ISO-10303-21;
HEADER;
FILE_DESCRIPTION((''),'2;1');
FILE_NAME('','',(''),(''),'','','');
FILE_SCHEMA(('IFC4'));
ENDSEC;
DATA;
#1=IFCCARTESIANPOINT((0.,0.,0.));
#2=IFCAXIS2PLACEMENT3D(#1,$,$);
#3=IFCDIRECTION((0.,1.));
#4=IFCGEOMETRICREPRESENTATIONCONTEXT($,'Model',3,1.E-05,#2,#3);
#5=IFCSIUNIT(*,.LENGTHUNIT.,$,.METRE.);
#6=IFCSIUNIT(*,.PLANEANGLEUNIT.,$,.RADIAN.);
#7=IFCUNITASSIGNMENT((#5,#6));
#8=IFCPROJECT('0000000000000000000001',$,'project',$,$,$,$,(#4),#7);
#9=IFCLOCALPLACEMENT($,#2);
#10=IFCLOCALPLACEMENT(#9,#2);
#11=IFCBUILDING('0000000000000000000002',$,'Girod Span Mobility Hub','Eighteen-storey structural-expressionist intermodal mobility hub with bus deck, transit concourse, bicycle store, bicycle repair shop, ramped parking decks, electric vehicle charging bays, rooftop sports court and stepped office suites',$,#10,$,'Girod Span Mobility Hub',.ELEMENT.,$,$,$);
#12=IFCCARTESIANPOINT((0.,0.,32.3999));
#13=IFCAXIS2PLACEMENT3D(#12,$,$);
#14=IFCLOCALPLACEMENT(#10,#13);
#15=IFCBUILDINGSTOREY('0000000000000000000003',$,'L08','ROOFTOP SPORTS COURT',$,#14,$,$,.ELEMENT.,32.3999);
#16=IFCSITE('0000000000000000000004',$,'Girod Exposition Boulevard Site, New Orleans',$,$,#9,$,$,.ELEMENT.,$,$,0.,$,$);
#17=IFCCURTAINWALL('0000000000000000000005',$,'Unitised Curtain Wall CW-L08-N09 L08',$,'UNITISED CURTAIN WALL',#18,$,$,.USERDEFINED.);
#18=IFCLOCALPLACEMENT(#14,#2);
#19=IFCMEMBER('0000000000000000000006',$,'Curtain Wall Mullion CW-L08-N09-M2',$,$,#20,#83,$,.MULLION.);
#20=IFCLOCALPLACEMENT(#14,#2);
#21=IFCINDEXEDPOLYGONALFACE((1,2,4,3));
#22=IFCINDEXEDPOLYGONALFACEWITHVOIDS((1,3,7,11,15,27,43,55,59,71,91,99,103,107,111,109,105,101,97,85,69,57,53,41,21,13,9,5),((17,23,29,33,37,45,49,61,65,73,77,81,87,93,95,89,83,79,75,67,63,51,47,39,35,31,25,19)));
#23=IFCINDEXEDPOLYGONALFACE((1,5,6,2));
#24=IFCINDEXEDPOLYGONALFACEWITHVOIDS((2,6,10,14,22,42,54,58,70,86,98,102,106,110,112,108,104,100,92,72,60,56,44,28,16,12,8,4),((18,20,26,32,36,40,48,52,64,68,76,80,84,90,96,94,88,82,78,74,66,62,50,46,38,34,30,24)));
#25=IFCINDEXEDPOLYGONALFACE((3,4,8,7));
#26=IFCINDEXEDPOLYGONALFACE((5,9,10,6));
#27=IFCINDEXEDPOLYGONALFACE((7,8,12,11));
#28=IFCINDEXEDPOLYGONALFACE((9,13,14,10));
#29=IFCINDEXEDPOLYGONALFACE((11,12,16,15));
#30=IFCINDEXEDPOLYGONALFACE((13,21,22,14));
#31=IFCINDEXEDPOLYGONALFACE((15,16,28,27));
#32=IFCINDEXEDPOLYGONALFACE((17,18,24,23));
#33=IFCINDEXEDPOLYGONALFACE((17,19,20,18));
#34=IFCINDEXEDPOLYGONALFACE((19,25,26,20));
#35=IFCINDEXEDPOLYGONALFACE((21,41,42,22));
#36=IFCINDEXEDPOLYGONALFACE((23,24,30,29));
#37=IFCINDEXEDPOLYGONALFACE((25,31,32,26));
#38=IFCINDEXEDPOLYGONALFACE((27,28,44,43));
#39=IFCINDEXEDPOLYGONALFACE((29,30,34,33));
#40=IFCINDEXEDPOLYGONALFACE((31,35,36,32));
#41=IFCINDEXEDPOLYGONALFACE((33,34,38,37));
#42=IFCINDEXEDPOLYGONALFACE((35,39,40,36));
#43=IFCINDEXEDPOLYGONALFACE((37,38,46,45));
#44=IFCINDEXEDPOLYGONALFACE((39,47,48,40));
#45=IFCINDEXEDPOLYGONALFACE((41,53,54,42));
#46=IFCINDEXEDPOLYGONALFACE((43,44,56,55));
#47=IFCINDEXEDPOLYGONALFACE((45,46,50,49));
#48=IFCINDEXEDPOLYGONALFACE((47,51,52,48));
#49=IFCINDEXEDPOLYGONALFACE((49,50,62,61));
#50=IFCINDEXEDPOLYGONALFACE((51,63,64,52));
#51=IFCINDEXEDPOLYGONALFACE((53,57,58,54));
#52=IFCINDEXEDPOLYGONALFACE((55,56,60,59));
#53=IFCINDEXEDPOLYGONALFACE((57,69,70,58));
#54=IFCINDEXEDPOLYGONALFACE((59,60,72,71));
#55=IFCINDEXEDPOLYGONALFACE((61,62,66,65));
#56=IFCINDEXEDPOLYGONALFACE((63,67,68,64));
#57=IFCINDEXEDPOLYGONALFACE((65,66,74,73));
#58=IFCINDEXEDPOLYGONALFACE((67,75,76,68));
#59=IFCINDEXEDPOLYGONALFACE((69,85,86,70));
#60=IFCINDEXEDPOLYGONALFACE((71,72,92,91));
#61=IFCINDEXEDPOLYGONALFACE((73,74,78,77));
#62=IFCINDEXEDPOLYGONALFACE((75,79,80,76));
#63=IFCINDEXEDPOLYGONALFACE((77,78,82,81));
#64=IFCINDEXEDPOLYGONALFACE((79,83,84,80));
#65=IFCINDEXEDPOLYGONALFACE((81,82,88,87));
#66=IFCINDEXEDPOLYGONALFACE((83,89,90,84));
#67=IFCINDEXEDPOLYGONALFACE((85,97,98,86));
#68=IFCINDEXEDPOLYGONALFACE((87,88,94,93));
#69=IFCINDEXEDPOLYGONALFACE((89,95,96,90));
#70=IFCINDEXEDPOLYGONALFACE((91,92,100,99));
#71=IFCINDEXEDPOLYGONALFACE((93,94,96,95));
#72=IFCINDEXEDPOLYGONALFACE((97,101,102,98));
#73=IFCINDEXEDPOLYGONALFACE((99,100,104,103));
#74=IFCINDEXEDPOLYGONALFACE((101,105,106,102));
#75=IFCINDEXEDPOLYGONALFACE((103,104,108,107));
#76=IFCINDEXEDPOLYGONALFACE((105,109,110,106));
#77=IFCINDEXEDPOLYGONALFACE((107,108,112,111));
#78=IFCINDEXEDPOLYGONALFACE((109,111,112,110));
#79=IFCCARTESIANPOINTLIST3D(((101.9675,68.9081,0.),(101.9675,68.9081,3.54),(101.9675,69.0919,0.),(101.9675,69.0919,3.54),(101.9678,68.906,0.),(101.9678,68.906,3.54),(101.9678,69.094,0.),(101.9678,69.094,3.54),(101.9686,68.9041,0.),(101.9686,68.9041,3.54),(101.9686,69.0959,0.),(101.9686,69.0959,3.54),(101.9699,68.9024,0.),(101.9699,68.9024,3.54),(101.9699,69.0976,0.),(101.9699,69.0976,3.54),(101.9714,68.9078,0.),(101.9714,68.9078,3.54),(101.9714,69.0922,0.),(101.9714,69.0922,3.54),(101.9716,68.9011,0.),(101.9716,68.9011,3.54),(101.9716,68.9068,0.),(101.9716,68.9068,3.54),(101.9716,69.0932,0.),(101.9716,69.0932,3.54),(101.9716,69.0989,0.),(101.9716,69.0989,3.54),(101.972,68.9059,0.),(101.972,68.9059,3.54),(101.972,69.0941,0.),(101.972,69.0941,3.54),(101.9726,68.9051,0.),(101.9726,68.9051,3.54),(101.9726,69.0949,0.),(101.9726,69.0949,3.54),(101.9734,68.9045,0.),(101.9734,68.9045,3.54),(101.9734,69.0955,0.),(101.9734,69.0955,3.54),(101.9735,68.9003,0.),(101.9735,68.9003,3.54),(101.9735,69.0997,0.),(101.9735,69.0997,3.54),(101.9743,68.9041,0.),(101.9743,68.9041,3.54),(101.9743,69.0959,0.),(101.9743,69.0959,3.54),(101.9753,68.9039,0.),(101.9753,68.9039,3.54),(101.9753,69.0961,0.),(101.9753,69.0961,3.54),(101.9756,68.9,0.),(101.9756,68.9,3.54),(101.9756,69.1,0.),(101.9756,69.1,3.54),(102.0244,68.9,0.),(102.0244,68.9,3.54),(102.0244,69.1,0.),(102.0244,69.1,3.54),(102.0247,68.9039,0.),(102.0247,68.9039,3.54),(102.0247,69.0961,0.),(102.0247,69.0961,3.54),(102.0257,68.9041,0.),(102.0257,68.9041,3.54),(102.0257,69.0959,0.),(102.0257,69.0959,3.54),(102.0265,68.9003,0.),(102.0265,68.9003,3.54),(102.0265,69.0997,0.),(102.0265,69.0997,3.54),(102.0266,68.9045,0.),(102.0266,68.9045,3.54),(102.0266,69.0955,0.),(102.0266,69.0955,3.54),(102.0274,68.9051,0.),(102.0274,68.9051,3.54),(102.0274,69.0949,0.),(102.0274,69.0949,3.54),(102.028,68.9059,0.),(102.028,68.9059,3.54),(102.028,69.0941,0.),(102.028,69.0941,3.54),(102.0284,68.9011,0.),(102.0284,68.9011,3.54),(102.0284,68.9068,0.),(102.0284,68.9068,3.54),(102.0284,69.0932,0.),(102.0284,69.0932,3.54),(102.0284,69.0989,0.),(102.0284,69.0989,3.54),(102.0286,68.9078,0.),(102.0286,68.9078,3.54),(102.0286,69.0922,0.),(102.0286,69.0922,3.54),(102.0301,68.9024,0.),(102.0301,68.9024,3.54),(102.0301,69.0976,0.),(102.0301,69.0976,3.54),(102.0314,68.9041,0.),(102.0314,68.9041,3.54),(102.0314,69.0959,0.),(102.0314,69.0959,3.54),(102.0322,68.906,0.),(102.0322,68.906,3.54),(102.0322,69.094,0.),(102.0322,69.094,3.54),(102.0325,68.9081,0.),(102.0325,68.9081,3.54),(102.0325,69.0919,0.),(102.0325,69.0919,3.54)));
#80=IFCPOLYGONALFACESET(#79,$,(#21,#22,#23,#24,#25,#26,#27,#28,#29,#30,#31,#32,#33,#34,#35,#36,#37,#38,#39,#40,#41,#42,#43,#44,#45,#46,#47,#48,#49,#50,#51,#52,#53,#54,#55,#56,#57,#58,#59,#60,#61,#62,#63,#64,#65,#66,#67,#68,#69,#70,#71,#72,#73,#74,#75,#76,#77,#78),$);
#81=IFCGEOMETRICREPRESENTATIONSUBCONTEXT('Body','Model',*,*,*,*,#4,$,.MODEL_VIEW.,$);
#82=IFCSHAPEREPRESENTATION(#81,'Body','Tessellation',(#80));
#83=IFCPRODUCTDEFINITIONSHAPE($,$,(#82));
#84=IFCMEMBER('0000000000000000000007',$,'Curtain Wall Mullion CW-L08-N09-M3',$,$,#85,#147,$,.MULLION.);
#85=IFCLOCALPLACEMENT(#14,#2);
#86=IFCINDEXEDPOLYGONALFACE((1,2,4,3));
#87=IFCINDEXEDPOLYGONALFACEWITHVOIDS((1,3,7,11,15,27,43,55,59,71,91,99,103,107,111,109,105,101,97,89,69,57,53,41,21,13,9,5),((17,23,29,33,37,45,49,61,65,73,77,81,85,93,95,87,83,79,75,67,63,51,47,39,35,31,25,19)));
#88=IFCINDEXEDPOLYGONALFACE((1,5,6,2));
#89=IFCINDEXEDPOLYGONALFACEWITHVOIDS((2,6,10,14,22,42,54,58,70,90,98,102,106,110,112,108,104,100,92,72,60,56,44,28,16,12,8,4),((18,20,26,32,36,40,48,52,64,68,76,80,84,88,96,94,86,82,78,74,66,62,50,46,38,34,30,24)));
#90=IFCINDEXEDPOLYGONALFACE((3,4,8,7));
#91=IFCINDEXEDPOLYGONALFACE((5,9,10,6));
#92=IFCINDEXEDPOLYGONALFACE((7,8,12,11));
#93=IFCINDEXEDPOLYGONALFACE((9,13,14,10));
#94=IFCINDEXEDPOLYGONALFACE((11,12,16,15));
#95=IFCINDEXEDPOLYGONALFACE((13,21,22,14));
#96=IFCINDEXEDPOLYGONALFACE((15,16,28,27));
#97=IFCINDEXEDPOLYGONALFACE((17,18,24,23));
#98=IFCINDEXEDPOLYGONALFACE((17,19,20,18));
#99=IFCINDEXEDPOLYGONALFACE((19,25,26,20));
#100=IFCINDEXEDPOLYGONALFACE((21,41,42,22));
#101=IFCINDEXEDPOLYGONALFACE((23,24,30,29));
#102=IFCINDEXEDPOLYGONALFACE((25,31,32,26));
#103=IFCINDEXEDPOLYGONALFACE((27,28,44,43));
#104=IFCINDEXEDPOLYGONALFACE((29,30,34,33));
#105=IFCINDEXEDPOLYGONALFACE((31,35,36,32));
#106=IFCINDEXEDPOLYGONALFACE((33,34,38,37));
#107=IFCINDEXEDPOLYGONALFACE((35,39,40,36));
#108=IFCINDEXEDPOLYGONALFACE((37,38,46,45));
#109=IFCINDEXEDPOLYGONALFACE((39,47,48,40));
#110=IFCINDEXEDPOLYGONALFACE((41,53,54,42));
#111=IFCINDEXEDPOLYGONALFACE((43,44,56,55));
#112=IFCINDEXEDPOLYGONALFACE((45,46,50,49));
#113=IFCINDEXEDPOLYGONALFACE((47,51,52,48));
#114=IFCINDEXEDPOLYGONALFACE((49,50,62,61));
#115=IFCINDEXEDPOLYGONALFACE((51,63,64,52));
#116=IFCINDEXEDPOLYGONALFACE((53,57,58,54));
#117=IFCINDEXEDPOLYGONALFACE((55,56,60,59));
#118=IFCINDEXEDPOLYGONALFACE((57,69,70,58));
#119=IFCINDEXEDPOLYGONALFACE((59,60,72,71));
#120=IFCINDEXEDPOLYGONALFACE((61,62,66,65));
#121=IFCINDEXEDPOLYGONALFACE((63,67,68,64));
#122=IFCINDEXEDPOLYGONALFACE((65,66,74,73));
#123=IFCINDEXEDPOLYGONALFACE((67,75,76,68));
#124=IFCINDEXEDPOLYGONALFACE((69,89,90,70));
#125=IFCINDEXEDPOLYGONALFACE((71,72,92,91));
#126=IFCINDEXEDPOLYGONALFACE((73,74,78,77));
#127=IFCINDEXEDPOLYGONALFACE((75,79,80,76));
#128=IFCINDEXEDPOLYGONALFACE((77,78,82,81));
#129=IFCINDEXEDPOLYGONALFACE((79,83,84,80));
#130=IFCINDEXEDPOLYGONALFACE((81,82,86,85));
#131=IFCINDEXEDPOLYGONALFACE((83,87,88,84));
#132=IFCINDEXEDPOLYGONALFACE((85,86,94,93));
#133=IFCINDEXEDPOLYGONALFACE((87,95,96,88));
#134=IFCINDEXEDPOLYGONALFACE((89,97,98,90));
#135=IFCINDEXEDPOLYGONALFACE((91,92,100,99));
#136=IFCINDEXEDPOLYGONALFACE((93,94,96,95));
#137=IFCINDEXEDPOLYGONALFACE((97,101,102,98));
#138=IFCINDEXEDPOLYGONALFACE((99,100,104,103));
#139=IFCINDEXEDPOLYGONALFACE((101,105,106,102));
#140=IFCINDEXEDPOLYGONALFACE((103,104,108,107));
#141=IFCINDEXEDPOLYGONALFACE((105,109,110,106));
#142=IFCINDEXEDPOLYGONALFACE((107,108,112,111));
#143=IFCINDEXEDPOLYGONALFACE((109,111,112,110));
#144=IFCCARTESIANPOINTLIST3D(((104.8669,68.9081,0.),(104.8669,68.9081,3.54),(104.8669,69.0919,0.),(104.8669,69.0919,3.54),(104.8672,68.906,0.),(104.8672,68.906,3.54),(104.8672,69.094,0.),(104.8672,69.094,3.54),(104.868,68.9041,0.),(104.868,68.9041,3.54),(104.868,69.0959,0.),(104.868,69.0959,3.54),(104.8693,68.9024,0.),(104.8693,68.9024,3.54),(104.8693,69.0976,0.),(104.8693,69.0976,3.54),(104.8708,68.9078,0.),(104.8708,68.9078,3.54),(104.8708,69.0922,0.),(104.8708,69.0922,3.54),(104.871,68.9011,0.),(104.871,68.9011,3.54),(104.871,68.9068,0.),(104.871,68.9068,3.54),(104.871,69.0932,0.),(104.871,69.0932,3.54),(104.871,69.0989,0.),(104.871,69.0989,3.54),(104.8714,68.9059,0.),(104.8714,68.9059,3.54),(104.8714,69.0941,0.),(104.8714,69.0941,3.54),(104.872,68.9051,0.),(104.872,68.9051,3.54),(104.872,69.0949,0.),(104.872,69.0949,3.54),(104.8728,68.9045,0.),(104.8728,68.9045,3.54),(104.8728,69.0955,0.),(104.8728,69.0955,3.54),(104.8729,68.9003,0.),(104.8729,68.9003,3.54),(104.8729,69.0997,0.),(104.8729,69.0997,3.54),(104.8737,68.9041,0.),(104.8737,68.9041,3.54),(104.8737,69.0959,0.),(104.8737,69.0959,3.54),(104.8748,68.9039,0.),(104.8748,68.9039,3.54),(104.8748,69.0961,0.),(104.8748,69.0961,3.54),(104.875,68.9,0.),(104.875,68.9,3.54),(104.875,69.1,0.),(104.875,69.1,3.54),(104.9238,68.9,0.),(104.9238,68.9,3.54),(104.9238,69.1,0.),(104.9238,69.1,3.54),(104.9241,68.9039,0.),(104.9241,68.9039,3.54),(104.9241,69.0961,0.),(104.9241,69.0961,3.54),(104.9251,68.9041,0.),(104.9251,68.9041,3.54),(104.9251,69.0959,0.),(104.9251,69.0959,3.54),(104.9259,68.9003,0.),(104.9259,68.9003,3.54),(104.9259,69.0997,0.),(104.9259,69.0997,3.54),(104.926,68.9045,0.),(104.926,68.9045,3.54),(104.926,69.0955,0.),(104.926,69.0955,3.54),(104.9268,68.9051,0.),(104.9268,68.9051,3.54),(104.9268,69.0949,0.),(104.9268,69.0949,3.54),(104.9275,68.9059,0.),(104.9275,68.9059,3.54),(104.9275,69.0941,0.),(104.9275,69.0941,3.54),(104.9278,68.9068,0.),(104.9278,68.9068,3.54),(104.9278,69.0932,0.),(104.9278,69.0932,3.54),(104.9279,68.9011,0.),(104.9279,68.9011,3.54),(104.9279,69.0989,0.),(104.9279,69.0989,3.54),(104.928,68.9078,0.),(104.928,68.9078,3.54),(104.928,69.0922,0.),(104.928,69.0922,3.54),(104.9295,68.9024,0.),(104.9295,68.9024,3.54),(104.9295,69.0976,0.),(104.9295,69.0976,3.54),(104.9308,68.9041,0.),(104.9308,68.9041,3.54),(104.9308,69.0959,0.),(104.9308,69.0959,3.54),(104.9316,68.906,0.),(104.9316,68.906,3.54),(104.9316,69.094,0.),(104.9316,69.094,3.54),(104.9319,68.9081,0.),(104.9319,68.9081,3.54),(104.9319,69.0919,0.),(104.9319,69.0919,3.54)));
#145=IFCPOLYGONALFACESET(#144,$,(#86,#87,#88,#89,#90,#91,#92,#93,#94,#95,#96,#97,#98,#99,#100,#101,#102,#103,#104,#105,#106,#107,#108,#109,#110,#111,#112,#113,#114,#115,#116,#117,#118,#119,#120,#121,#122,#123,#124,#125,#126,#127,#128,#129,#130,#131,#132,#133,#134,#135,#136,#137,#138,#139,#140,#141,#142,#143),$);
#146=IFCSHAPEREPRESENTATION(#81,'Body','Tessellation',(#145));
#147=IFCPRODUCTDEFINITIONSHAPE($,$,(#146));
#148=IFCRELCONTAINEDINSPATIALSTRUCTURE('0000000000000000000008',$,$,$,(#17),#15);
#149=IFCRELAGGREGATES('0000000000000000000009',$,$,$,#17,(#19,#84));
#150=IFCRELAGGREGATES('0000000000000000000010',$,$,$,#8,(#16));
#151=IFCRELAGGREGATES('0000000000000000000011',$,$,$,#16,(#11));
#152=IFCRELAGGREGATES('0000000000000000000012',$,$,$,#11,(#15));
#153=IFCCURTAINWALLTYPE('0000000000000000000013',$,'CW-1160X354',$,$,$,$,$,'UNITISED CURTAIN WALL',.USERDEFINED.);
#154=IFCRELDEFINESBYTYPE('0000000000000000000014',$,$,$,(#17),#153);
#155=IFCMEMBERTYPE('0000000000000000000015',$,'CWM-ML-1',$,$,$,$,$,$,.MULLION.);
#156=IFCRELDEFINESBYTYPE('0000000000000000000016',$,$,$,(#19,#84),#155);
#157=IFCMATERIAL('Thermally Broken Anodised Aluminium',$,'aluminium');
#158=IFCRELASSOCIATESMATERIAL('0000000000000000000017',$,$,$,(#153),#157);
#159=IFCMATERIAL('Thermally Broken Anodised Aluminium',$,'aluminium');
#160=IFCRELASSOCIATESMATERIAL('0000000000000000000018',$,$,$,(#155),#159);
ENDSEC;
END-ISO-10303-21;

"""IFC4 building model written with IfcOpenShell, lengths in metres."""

from ifc_helpers import new_model, si_unit, direction, frame, origin, origin_2d, place, context, subcontext, project, spatial, hollow_rectangle, extrude, material, material_profile, profile_set, type_object, element, aggregate, save


model = new_model("IFC4")

# Units and contexts
model_context = context("Model", 3, precision=1e-05, world=origin(), true_north=direction((0.0, 1.0)))
body_context = subcontext(model_context, "Body", "Model", "MODEL_VIEW")
ifc_project = project(units=[si_unit("LENGTHUNIT", "METRE"), si_unit("PLANEANGLEUNIT", "RADIAN")], contexts=[model_context])

# Site, building, storey
site_placement = place(None, origin())
site = spatial("IfcSite", under=ifc_project, at=site_placement, Name="Girod Exposition Boulevard Site, New Orleans", CompositionType="ELEMENT", RefElevation=0.0)
building_placement = place(site_placement, origin())
building = spatial("IfcBuilding", under=site, at=building_placement, Name="Girod Span Mobility Hub", Description="Eighteen-storey structural-expressionist intermodal mobility hub with bus deck, transit concourse, bicycle store, bicycle repair shop, ramped parking decks, electric vehicle charging bays, rooftop sports court and stepped office suites", LongName="Girod Span Mobility Hub", CompositionType="ELEMENT")
storey_placement = place(building_placement, frame((0.0, 0.0, 32.3999)))
storey = spatial("IfcBuildingStorey", under=building, at=storey_placement, Name="L08", Description="ROOFTOP SPORTS COURT", CompositionType="ELEMENT", Elevation=32.3999)

# Curtain wall, members
ifc_material_1 = material(Name="Thermally Broken Anodised Aluminium", Category="aluminium")
curtain_wall_type = type_object("IfcCurtainWallType", Name="CW-1160X354", ElementType="UNITISED CURTAIN WALL", PredefinedType="USERDEFINED", material=ifc_material_1)
curtain_wall_placement = place(storey_placement, origin())
curtain_wall = element("IfcCurtainWall", 1, at=curtain_wall_placement, inside=storey, type_object=curtain_wall_type, Name="Unitised Curtain Wall CW-L08-N09 L08", ObjectType="UNITISED CURTAIN WALL", PredefinedType="USERDEFINED")
ifc_material_2 = material(Name="Thermally Broken Anodised Aluminium", Category="aluminium")
ifc_material_profile_1 = material_profile(ifc_material_2, hollow_rectangle(XDim=0.2, YDim=0.0649, WallThickness=0.0039, InnerFilletRadius=0.0039, OuterFilletRadius=0.0081, at=origin_2d()), Name="CW-ML-65X200")
ifc_profile_set_1 = profile_set([ifc_material_profile_1], Name="Thermally Broken Anodised Aluminium")
member_type_1 = type_object("IfcMemberType", Name="CWM-ML-1", PredefinedType="MULLION", material=ifc_profile_set_1)
member_1_placement = place(storey_placement, frame((102.0, 69.0, 0.0), z_axis=(0.0, 0.0, 1.0), x_axis=(0.0, 1.0, 0.0)))
member_1 = element("IfcMember", 2, at=member_1_placement, type_object=member_type_1, Name="Curtain Wall Mullion CW-L08-N09-M2", PredefinedType="MULLION", context=body_context, shape_type="SweptSolid", body=[
    extrude(hollow_rectangle(XDim=0.2, YDim=0.0649, WallThickness=0.0039, InnerFilletRadius=0.0039, OuterFilletRadius=0.0081, at=origin_2d()), origin(), (0.0, 0.0, 1.0), 3.54),
])
member_2_placement = place(storey_placement, frame((104.8994, 69.0, 0.0), z_axis=(0.0, 0.0, 1.0), x_axis=(0.0, 1.0, 0.0)))
member_2 = element("IfcMember", 3, at=member_2_placement, type_object=member_type_1, Name="Curtain Wall Mullion CW-L08-N09-M3", PredefinedType="MULLION", context=body_context, shape_type="SweptSolid", body=[
    extrude(hollow_rectangle(XDim=0.2, YDim=0.0649, WallThickness=0.0039, InnerFilletRadius=0.0039, OuterFilletRadius=0.0081, at=origin_2d()), origin(), (0.0, 0.0, 1.0), 3.54),
])

aggregate(curtain_wall, [member_1, member_2])

save(model, "model.ifc")
